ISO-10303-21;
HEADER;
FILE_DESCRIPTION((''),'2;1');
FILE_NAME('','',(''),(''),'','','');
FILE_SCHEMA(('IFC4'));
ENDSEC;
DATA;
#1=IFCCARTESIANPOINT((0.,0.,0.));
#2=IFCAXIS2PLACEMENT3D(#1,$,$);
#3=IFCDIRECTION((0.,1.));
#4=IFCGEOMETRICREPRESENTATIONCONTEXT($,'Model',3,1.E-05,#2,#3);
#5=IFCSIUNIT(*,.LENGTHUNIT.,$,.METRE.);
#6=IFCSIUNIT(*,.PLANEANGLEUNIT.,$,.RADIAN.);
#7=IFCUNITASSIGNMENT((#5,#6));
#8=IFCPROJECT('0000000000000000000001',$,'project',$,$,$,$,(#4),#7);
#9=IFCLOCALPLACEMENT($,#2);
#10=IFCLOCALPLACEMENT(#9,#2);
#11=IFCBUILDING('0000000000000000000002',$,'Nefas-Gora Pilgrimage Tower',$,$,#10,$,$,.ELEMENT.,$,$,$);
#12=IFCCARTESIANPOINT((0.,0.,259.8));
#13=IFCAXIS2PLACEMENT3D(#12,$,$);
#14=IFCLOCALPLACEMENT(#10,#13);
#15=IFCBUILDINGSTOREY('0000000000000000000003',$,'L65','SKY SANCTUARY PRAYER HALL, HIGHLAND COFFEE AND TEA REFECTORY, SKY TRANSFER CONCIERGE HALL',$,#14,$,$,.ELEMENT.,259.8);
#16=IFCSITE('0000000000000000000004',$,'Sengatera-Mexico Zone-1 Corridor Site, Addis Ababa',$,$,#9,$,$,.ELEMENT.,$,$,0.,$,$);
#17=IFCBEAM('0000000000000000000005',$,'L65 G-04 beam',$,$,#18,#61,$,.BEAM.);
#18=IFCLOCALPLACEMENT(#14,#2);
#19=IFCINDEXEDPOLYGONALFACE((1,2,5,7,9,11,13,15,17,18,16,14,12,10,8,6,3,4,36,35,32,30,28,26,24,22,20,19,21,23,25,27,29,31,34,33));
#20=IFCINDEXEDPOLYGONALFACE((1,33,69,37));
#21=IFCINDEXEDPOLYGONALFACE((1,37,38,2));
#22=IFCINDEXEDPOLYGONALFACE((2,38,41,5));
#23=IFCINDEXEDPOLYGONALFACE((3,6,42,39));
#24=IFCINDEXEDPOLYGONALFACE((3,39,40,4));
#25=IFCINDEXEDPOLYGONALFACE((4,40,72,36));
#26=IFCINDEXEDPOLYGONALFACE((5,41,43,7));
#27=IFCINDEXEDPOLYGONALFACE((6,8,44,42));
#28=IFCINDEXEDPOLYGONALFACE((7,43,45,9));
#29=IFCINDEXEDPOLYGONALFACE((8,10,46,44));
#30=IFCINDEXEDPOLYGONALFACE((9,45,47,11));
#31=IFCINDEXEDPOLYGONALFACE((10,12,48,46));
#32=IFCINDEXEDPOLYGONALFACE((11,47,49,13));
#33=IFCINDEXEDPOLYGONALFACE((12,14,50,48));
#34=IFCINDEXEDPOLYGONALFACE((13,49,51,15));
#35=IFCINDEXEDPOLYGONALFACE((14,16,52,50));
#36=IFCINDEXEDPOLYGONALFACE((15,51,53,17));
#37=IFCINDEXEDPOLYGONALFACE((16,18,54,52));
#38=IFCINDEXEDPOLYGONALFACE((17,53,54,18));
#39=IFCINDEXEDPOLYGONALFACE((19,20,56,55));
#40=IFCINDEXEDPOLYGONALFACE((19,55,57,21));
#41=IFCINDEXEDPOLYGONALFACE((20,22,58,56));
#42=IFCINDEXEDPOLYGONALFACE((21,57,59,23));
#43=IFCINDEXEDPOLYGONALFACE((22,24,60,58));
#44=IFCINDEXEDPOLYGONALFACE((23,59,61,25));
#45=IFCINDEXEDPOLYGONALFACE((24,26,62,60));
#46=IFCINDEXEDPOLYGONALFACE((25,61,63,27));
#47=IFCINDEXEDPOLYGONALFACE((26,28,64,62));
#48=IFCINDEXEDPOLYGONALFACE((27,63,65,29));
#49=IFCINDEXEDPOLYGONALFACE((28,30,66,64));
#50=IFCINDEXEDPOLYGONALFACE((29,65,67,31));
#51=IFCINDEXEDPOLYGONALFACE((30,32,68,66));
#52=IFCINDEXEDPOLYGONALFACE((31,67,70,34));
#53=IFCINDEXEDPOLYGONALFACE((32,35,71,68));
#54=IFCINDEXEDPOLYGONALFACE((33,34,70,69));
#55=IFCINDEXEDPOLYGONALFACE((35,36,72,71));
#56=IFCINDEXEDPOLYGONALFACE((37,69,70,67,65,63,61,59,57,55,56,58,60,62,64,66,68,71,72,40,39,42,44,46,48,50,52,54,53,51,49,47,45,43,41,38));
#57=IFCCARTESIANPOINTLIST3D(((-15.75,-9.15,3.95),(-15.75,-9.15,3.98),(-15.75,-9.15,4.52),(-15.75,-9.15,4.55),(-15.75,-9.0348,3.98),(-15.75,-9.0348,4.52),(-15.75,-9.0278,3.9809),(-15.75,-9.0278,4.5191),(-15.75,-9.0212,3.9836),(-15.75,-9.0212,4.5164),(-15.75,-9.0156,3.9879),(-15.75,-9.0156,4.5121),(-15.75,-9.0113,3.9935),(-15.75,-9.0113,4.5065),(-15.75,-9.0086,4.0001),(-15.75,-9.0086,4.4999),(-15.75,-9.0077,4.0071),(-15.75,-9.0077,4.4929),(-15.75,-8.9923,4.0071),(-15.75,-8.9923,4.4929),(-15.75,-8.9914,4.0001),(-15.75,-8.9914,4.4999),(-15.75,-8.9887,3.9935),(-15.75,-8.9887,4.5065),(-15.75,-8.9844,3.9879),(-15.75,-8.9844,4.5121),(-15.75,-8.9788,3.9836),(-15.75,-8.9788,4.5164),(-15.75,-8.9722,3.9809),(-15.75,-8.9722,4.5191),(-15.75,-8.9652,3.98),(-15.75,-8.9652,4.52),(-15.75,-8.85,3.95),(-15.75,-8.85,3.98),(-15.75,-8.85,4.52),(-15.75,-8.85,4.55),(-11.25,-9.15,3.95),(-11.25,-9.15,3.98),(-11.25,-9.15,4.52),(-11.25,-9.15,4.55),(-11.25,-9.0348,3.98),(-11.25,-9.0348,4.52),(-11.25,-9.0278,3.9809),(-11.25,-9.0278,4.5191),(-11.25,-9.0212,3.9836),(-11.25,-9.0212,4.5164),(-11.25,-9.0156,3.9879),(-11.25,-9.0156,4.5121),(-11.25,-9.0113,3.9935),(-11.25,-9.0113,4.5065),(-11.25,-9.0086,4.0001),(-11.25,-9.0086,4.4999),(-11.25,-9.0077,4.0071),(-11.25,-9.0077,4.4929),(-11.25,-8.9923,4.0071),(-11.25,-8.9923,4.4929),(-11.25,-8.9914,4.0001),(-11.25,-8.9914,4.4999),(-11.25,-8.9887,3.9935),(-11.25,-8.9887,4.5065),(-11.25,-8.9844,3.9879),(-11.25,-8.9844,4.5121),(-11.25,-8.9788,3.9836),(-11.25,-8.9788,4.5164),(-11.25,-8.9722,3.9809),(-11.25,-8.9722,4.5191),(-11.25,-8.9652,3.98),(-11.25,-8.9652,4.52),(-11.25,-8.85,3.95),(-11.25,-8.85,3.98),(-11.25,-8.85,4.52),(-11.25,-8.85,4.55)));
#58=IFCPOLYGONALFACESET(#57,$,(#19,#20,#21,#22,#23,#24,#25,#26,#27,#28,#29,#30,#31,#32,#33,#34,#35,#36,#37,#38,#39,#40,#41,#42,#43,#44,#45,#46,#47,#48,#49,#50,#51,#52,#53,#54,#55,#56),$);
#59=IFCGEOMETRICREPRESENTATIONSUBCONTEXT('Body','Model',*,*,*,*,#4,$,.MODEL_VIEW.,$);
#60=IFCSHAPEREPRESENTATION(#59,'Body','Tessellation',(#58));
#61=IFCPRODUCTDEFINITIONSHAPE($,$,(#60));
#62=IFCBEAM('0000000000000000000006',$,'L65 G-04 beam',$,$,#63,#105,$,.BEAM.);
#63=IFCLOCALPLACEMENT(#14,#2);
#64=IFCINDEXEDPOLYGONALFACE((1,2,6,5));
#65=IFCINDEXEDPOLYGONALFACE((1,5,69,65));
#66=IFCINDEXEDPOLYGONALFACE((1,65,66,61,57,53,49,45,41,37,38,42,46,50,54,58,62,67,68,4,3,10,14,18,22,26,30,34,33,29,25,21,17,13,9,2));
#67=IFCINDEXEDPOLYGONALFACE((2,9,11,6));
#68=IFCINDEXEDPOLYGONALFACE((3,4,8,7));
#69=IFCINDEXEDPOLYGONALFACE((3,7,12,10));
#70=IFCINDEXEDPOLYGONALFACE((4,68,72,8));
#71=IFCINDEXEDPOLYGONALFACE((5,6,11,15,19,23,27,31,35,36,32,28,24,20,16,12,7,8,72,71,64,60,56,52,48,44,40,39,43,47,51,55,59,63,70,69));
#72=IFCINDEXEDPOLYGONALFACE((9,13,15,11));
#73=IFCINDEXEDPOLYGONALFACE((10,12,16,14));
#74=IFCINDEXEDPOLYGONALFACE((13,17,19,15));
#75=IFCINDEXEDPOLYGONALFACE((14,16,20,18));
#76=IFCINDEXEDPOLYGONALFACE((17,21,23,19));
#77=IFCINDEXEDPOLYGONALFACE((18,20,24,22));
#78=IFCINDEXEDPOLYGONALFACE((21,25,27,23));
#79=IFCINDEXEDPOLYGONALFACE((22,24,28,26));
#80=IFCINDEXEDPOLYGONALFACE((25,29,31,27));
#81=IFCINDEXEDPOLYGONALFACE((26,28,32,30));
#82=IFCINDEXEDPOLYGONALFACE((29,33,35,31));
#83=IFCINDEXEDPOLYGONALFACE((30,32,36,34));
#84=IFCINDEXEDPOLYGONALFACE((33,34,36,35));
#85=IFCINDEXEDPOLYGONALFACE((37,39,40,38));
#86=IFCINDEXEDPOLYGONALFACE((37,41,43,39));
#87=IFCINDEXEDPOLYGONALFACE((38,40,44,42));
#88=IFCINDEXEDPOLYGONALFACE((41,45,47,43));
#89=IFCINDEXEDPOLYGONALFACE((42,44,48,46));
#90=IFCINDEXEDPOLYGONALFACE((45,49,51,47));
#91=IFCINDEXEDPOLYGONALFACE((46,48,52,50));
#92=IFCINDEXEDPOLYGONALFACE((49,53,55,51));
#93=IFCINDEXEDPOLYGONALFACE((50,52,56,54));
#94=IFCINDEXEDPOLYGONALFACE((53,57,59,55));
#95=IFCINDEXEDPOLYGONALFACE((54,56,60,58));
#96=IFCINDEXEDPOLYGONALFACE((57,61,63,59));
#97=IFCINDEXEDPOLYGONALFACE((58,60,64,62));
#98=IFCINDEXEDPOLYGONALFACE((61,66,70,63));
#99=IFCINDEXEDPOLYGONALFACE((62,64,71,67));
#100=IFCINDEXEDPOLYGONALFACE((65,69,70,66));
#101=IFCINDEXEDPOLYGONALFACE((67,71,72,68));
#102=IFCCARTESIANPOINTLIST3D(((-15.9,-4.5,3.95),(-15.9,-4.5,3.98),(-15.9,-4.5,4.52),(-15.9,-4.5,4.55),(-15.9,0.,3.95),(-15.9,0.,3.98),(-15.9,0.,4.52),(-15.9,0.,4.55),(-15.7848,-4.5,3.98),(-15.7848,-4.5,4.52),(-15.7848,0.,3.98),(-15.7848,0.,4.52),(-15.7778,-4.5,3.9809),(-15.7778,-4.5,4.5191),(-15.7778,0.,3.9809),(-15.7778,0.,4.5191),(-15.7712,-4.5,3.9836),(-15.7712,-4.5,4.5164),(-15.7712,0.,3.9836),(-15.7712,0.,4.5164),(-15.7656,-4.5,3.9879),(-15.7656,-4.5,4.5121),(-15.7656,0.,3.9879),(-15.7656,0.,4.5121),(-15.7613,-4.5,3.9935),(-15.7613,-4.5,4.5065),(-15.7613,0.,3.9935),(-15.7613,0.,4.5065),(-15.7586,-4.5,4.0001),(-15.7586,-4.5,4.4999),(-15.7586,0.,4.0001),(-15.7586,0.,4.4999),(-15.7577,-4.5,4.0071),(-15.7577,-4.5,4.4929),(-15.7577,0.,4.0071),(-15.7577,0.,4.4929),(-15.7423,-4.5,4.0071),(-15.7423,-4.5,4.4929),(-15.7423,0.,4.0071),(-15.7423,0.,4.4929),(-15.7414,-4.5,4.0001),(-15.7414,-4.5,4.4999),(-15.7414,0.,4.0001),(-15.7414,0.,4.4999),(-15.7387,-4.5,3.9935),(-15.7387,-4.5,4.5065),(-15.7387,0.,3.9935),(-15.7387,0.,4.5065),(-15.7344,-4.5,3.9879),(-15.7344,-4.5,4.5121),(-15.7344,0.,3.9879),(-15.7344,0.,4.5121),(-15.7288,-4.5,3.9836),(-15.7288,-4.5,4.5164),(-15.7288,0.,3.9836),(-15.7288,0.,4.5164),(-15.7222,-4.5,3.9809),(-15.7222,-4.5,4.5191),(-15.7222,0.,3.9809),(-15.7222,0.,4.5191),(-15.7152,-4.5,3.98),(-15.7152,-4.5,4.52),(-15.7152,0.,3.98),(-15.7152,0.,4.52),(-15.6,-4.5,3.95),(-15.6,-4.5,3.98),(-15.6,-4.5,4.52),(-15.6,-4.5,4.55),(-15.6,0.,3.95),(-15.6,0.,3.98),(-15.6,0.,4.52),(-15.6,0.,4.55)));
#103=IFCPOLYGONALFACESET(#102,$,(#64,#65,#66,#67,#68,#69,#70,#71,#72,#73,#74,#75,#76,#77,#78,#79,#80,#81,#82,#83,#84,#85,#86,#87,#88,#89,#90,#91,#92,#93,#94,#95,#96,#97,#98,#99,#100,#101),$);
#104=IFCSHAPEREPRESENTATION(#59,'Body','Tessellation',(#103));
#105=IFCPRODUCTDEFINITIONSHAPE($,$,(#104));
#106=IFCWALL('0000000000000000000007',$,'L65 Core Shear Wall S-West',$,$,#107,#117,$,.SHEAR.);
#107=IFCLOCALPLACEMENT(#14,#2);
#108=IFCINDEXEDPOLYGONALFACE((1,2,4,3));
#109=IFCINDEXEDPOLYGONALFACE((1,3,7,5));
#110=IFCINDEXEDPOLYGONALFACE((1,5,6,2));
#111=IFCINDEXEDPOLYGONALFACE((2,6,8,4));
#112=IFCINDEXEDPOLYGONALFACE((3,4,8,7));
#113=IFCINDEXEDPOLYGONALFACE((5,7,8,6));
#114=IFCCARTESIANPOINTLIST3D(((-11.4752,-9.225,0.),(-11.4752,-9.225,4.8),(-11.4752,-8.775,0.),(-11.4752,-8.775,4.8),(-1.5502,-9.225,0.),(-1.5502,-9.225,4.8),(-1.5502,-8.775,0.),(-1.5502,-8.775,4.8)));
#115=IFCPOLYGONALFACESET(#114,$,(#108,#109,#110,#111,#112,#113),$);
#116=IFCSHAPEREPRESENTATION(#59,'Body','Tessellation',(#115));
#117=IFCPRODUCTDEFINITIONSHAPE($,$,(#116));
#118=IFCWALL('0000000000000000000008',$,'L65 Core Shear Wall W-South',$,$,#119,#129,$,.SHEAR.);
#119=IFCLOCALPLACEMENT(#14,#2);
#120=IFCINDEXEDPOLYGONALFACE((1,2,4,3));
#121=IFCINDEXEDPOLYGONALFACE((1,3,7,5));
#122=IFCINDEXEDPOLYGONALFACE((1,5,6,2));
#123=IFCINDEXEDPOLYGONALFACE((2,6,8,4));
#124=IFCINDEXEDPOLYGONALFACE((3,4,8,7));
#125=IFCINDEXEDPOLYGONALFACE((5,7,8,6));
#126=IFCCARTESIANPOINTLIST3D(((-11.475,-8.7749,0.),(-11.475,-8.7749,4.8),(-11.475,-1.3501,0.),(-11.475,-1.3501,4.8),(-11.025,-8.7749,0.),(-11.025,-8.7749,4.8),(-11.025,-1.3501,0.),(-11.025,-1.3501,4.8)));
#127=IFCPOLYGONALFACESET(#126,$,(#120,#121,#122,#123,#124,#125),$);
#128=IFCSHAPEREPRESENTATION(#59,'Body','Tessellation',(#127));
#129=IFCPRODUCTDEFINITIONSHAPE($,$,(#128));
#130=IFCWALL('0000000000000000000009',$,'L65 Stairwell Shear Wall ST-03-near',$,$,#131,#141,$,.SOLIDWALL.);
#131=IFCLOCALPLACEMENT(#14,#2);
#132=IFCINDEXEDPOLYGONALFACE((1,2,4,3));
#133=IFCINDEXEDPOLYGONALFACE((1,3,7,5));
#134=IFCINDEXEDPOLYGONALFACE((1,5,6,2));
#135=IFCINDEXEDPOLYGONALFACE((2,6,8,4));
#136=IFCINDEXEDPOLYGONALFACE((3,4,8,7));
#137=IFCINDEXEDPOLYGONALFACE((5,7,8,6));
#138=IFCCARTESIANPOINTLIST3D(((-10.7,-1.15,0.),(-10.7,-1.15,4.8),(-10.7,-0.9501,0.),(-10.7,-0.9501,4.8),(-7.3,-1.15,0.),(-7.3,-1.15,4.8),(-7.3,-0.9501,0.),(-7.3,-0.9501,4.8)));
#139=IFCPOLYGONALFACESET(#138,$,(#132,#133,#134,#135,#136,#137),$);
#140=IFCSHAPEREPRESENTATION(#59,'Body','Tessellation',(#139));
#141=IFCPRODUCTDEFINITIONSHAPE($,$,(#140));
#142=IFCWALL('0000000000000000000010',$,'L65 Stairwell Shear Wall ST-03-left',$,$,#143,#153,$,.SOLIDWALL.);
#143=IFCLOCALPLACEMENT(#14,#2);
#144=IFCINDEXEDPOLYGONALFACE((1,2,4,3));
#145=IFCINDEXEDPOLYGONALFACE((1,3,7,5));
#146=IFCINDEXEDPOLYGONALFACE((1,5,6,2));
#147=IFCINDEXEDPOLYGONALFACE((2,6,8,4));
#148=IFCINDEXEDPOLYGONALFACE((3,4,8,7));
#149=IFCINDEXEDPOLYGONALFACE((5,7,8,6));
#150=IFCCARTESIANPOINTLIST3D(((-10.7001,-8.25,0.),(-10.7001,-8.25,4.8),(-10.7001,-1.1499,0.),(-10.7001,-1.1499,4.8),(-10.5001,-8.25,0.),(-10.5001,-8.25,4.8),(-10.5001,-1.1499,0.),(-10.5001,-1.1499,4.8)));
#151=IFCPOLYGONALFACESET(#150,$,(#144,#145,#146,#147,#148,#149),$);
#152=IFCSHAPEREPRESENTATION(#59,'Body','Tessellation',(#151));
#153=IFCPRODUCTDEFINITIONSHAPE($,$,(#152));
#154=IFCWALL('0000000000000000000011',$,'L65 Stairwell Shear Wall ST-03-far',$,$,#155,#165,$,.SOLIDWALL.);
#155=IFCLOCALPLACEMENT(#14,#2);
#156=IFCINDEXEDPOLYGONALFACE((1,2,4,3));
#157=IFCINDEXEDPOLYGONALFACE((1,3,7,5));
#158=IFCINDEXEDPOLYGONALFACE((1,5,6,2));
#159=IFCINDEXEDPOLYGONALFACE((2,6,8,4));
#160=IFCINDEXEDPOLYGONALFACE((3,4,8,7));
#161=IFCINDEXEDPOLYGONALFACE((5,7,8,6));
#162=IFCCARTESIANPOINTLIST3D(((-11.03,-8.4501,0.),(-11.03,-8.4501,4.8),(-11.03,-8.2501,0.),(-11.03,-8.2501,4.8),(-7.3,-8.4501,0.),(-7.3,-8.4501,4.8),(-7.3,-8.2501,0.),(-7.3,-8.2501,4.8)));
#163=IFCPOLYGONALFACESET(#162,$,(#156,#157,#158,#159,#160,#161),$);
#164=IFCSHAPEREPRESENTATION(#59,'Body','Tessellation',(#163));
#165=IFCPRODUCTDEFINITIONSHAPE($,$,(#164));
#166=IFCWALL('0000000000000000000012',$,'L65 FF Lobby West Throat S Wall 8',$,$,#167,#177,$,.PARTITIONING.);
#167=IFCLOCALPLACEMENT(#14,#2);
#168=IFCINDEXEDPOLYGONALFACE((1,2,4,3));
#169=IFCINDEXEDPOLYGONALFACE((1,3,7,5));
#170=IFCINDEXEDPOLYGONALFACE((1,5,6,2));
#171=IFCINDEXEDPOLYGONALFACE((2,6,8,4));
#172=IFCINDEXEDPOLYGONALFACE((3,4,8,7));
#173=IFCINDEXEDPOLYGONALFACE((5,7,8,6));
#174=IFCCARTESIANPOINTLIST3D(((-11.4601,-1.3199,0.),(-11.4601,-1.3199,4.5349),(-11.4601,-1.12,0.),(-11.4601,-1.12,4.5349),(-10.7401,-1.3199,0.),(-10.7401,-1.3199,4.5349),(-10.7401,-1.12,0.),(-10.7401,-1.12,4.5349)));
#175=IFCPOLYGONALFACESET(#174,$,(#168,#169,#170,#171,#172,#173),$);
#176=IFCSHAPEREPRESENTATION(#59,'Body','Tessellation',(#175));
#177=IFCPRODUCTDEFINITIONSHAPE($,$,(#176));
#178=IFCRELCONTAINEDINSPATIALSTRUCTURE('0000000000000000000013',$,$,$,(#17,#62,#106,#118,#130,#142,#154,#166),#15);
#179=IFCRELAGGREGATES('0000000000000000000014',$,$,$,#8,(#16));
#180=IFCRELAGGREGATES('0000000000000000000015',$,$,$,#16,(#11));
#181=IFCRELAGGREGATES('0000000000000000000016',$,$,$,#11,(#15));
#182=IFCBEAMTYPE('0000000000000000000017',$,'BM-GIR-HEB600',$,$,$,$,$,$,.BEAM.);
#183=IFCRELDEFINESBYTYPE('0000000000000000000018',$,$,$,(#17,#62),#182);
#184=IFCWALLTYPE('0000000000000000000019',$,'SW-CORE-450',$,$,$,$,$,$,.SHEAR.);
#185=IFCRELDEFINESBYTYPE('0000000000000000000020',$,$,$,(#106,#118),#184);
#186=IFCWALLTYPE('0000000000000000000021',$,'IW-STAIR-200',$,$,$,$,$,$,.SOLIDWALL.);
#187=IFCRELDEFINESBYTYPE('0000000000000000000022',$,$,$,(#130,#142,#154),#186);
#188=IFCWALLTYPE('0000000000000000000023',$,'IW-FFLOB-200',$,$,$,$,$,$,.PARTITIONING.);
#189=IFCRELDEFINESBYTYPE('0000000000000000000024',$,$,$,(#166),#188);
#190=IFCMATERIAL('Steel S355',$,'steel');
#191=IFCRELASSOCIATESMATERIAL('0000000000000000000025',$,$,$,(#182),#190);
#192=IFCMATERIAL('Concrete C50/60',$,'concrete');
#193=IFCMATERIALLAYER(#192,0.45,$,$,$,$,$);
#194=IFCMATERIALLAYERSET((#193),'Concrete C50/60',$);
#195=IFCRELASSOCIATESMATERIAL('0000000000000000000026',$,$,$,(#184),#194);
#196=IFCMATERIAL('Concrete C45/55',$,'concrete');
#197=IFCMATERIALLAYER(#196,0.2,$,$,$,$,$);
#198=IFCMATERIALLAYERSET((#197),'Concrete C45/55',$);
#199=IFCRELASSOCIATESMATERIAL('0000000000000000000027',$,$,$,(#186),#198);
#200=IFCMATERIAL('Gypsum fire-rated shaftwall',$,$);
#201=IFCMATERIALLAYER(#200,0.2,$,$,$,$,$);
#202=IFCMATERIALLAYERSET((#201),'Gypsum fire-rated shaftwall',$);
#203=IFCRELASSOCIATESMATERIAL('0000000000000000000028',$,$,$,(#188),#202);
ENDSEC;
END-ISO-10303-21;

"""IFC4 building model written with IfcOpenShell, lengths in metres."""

from ifc_helpers import new_model, si_unit, direction, frame, frame_2d, origin, origin_2d, place, context, subcontext, project, spatial, rectangle, i_section, extrude, source, transform, mapped, material, layer, layer_set, material_profile, profile_set, type_object, element, save


model = new_model("IFC4")

# Units and contexts
model_context = context("Model", 3, precision=1e-05, world=origin(), true_north=direction((0.0, 1.0)))
body_context = subcontext(model_context, "Body", "Model", "MODEL_VIEW")
ifc_project = project(units=[si_unit("LENGTHUNIT", "METRE"), si_unit("PLANEANGLEUNIT", "RADIAN")], contexts=[model_context])

# Site, building, storey
site_placement = place(None, origin())
site = spatial("IfcSite", under=ifc_project, at=site_placement, Name="Sengatera-Mexico Zone-1 Corridor Site, Addis Ababa", CompositionType="ELEMENT", RefElevation=0.0)
building_placement = place(site_placement, origin())
building = spatial("IfcBuilding", under=site, at=building_placement, Name="Nefas-Gora Pilgrimage Tower", CompositionType="ELEMENT")
storey_placement = place(building_placement, frame((0.0, 0.0, 259.8)))
storey = spatial("IfcBuildingStorey", under=building, at=storey_placement, Name="L65", Description="SKY SANCTUARY PRAYER HALL, HIGHLAND COFFEE AND TEA REFECTORY, SKY TRANSFER CONCIERGE HALL", CompositionType="ELEMENT", Elevation=259.8)

# Beams
ifc_material_1 = material(Name="Concrete C50/60", Category="concrete")
ifc_material_2 = material(Name="Steel S355", Category="steel")
ifc_material_profile_1 = material_profile(ifc_material_2, i_section(OverallWidth=0.3, OverallDepth=0.6001, WebThickness=0.0154, FlangeThickness=0.03, FilletRadius=0.0271, at=origin_2d()), Name="HEB 600")
ifc_profile_set_1 = profile_set([ifc_material_profile_1], Name="Steel S355")
beam_type_1 = type_object("IfcBeamType", Name="BM-GIR-HEB600", PredefinedType="BEAM", material=ifc_profile_set_1)
shared_shape_1 = source(origin(), body_context, "Body", "SweptSolid", [
    extrude(i_section(OverallWidth=0.3, OverallDepth=0.6001, WebThickness=0.0154, FlangeThickness=0.03, FilletRadius=0.0271, at=origin_2d()), origin(), (0.0, 0.0, 1.0), 4.5),
])
for number, where, z_axis, x_axis, name in (
    (1, (-15.75, -9.0, 4.25), (1.0, 0.0, 0.0), (0.0, 1.0, 0.0), "L65 G-04 beam"),
    (2, (-15.75, -4.5, 4.25), (0.0, 1.0, 0.0), (-1.0, 0.0, 0.0), "L65 G-04 beam"),
):
    element("IfcBeam", number, at=place(storey_placement, frame(where, z_axis=z_axis, x_axis=x_axis)), inside=storey, type_object=beam_type_1, Name=name, PredefinedType="BEAM", context=body_context, shape_type="MappedRepresentation", body=[
        mapped(shared_shape_1, transform((0.0, 0.0, 0.0), x_axis=(1.0, 0.0, 0.0), y_axis=(0.0, 1.0, 0.0), z_axis=(0.0, 0.0, 1.0), scale=1.0)),
    ])

# Walls
ifc_layer_1 = layer(ifc_material_1, 0.45)
ifc_layer_set_1 = layer_set([ifc_layer_1], Name="Concrete C50/60")
wall_type_1 = type_object("IfcWallType", Name="SW-CORE-450", PredefinedType="SHEAR", material=ifc_layer_set_1)
shared_shape_2 = source(origin(), body_context, "Body", "SweptSolid", [
    extrude(rectangle(XDim=9.925, YDim=0.45, at=frame_2d((4.9624, 0.0))), origin(), (0.0, 0.0, 1.0), 4.8),
])
wall_1_placement = place(storey_placement, frame((-11.4751, -9.0, 0.0), z_axis=(0.0, 0.0, 1.0), x_axis=(1.0, 0.0, 0.0)))
element("IfcWall", 3, at=wall_1_placement, inside=storey, type_object=wall_type_1, Name="L65 Core Shear Wall S-West", PredefinedType="SHEAR", context=body_context, shape_type="MappedRepresentation", body=[
    mapped(shared_shape_2, transform((0.0, 0.0, 0.0), x_axis=(1.0, 0.0, 0.0), y_axis=(0.0, 1.0, 0.0), z_axis=(0.0, 0.0, 1.0), scale=1.0)),
])
shared_shape_3 = source(origin(), body_context, "Body", "SweptSolid", [
    extrude(rectangle(XDim=7.4248, YDim=0.45, at=frame_2d((3.7124, 0.0))), origin(), (0.0, 0.0, 1.0), 4.8),
])
wall_2_placement = place(storey_placement, frame((-11.25, -8.7749, 0.0), z_axis=(0.0, 0.0, 1.0), x_axis=(0.0, 1.0, 0.0)))
element("IfcWall", 4, at=wall_2_placement, inside=storey, type_object=wall_type_1, Name="L65 Core Shear Wall W-South", PredefinedType="SHEAR", context=body_context, shape_type="MappedRepresentation", body=[
    mapped(shared_shape_3, transform((0.0, 0.0, 0.0), x_axis=(1.0, 0.0, 0.0), y_axis=(0.0, 1.0, 0.0), z_axis=(0.0, 0.0, 1.0), scale=1.0)),
])
ifc_material_3 = material(Name="Concrete C45/55", Category="concrete")
ifc_layer_2 = layer(ifc_material_3, 0.2)
ifc_layer_set_2 = layer_set([ifc_layer_2], Name="Concrete C45/55")
wall_type_2 = type_object("IfcWallType", Name="IW-STAIR-200", PredefinedType="SOLIDWALL", material=ifc_layer_set_2)
shared_shape_4 = source(origin(), body_context, "Body", "SweptSolid", [
    extrude(rectangle(XDim=3.3999, YDim=0.2, at=frame_2d((1.7, 0.0))), origin(), (0.0, 0.0, 1.0), 4.8),
])
wall_3_placement = place(storey_placement, frame((-10.7, -1.05, 0.0), z_axis=(0.0, 0.0, 1.0), x_axis=(1.0, 0.0, 0.0)))
element("IfcWall", 5, at=wall_3_placement, inside=storey, type_object=wall_type_2, Name="L65 Stairwell Shear Wall ST-03-near", PredefinedType="SOLIDWALL", context=body_context, shape_type="MappedRepresentation", body=[
    mapped(shared_shape_4, transform((0.0, 0.0, 0.0), x_axis=(1.0, 0.0, 0.0), y_axis=(0.0, 1.0, 0.0), z_axis=(0.0, 0.0, 1.0), scale=1.0)),
])
shared_shape_5 = source(origin(), body_context, "Body", "SweptSolid", [
    extrude(rectangle(XDim=7.1001, YDim=0.2, at=frame_2d((3.55, 0.0))), origin(), (0.0, 0.0, 1.0), 4.8),
])
wall_4_placement = place(storey_placement, frame((-10.6001, -1.1499, 0.0), z_axis=(0.0, 0.0, 1.0), x_axis=(0.0, -1.0, 0.0)))
element("IfcWall", 6, at=wall_4_placement, inside=storey, type_object=wall_type_2, Name="L65 Stairwell Shear Wall ST-03-left", PredefinedType="SOLIDWALL", context=body_context, shape_type="MappedRepresentation", body=[
    mapped(shared_shape_5, transform((0.0, 0.0, 0.0), x_axis=(1.0, 0.0, 0.0), y_axis=(0.0, 1.0, 0.0), z_axis=(0.0, 0.0, 1.0), scale=1.0)),
])
shared_shape_6 = source(origin(), body_context, "Body", "SweptSolid", [
    extrude(rectangle(XDim=3.73, YDim=0.2, at=frame_2d((1.865, 0.0))), origin(), (0.0, 0.0, 1.0), 4.8),
])
wall_5_placement = place(storey_placement, frame((-11.03, -8.3501, 0.0), z_axis=(0.0, 0.0, 1.0), x_axis=(1.0, 0.0, 0.0)))
element("IfcWall", 7, at=wall_5_placement, inside=storey, type_object=wall_type_2, Name="L65 Stairwell Shear Wall ST-03-far", PredefinedType="SOLIDWALL", context=body_context, shape_type="MappedRepresentation", body=[
    mapped(shared_shape_6, transform((0.0, 0.0, 0.0), x_axis=(1.0, 0.0, 0.0), y_axis=(0.0, 1.0, 0.0), z_axis=(0.0, 0.0, 1.0), scale=1.0)),
])
ifc_material_4 = material(Name="Gypsum fire-rated shaftwall")
ifc_layer_3 = layer(ifc_material_4, 0.2)
ifc_layer_set_3 = layer_set([ifc_layer_3], Name="Gypsum fire-rated shaftwall")
wall_type_3 = type_object("IfcWallType", Name="IW-FFLOB-200", PredefinedType="PARTITIONING", material=ifc_layer_set_3)
shared_shape_7 = source(origin(), body_context, "Body", "SweptSolid", [
    extrude(rectangle(XDim=0.72, YDim=0.2, at=frame_2d((0.3599, 0.0))), origin(), (0.0, 0.0, 1.0), 4.5349),
])
wall_6_placement = place(storey_placement, frame((-11.46, -1.22, 0.0), z_axis=(0.0, 0.0, 1.0), x_axis=(1.0, 0.0, 0.0)))
element("IfcWall", 8, at=wall_6_placement, inside=storey, type_object=wall_type_3, Name="L65 FF Lobby West Throat S Wall 8", PredefinedType="PARTITIONING", context=body_context, shape_type="MappedRepresentation", body=[
    mapped(shared_shape_7, transform((0.0, 0.0, 0.0), x_axis=(1.0, 0.0, 0.0), y_axis=(0.0, 1.0, 0.0), z_axis=(0.0, 0.0, 1.0), scale=1.0)),
])

save(model, "model.ifc")
